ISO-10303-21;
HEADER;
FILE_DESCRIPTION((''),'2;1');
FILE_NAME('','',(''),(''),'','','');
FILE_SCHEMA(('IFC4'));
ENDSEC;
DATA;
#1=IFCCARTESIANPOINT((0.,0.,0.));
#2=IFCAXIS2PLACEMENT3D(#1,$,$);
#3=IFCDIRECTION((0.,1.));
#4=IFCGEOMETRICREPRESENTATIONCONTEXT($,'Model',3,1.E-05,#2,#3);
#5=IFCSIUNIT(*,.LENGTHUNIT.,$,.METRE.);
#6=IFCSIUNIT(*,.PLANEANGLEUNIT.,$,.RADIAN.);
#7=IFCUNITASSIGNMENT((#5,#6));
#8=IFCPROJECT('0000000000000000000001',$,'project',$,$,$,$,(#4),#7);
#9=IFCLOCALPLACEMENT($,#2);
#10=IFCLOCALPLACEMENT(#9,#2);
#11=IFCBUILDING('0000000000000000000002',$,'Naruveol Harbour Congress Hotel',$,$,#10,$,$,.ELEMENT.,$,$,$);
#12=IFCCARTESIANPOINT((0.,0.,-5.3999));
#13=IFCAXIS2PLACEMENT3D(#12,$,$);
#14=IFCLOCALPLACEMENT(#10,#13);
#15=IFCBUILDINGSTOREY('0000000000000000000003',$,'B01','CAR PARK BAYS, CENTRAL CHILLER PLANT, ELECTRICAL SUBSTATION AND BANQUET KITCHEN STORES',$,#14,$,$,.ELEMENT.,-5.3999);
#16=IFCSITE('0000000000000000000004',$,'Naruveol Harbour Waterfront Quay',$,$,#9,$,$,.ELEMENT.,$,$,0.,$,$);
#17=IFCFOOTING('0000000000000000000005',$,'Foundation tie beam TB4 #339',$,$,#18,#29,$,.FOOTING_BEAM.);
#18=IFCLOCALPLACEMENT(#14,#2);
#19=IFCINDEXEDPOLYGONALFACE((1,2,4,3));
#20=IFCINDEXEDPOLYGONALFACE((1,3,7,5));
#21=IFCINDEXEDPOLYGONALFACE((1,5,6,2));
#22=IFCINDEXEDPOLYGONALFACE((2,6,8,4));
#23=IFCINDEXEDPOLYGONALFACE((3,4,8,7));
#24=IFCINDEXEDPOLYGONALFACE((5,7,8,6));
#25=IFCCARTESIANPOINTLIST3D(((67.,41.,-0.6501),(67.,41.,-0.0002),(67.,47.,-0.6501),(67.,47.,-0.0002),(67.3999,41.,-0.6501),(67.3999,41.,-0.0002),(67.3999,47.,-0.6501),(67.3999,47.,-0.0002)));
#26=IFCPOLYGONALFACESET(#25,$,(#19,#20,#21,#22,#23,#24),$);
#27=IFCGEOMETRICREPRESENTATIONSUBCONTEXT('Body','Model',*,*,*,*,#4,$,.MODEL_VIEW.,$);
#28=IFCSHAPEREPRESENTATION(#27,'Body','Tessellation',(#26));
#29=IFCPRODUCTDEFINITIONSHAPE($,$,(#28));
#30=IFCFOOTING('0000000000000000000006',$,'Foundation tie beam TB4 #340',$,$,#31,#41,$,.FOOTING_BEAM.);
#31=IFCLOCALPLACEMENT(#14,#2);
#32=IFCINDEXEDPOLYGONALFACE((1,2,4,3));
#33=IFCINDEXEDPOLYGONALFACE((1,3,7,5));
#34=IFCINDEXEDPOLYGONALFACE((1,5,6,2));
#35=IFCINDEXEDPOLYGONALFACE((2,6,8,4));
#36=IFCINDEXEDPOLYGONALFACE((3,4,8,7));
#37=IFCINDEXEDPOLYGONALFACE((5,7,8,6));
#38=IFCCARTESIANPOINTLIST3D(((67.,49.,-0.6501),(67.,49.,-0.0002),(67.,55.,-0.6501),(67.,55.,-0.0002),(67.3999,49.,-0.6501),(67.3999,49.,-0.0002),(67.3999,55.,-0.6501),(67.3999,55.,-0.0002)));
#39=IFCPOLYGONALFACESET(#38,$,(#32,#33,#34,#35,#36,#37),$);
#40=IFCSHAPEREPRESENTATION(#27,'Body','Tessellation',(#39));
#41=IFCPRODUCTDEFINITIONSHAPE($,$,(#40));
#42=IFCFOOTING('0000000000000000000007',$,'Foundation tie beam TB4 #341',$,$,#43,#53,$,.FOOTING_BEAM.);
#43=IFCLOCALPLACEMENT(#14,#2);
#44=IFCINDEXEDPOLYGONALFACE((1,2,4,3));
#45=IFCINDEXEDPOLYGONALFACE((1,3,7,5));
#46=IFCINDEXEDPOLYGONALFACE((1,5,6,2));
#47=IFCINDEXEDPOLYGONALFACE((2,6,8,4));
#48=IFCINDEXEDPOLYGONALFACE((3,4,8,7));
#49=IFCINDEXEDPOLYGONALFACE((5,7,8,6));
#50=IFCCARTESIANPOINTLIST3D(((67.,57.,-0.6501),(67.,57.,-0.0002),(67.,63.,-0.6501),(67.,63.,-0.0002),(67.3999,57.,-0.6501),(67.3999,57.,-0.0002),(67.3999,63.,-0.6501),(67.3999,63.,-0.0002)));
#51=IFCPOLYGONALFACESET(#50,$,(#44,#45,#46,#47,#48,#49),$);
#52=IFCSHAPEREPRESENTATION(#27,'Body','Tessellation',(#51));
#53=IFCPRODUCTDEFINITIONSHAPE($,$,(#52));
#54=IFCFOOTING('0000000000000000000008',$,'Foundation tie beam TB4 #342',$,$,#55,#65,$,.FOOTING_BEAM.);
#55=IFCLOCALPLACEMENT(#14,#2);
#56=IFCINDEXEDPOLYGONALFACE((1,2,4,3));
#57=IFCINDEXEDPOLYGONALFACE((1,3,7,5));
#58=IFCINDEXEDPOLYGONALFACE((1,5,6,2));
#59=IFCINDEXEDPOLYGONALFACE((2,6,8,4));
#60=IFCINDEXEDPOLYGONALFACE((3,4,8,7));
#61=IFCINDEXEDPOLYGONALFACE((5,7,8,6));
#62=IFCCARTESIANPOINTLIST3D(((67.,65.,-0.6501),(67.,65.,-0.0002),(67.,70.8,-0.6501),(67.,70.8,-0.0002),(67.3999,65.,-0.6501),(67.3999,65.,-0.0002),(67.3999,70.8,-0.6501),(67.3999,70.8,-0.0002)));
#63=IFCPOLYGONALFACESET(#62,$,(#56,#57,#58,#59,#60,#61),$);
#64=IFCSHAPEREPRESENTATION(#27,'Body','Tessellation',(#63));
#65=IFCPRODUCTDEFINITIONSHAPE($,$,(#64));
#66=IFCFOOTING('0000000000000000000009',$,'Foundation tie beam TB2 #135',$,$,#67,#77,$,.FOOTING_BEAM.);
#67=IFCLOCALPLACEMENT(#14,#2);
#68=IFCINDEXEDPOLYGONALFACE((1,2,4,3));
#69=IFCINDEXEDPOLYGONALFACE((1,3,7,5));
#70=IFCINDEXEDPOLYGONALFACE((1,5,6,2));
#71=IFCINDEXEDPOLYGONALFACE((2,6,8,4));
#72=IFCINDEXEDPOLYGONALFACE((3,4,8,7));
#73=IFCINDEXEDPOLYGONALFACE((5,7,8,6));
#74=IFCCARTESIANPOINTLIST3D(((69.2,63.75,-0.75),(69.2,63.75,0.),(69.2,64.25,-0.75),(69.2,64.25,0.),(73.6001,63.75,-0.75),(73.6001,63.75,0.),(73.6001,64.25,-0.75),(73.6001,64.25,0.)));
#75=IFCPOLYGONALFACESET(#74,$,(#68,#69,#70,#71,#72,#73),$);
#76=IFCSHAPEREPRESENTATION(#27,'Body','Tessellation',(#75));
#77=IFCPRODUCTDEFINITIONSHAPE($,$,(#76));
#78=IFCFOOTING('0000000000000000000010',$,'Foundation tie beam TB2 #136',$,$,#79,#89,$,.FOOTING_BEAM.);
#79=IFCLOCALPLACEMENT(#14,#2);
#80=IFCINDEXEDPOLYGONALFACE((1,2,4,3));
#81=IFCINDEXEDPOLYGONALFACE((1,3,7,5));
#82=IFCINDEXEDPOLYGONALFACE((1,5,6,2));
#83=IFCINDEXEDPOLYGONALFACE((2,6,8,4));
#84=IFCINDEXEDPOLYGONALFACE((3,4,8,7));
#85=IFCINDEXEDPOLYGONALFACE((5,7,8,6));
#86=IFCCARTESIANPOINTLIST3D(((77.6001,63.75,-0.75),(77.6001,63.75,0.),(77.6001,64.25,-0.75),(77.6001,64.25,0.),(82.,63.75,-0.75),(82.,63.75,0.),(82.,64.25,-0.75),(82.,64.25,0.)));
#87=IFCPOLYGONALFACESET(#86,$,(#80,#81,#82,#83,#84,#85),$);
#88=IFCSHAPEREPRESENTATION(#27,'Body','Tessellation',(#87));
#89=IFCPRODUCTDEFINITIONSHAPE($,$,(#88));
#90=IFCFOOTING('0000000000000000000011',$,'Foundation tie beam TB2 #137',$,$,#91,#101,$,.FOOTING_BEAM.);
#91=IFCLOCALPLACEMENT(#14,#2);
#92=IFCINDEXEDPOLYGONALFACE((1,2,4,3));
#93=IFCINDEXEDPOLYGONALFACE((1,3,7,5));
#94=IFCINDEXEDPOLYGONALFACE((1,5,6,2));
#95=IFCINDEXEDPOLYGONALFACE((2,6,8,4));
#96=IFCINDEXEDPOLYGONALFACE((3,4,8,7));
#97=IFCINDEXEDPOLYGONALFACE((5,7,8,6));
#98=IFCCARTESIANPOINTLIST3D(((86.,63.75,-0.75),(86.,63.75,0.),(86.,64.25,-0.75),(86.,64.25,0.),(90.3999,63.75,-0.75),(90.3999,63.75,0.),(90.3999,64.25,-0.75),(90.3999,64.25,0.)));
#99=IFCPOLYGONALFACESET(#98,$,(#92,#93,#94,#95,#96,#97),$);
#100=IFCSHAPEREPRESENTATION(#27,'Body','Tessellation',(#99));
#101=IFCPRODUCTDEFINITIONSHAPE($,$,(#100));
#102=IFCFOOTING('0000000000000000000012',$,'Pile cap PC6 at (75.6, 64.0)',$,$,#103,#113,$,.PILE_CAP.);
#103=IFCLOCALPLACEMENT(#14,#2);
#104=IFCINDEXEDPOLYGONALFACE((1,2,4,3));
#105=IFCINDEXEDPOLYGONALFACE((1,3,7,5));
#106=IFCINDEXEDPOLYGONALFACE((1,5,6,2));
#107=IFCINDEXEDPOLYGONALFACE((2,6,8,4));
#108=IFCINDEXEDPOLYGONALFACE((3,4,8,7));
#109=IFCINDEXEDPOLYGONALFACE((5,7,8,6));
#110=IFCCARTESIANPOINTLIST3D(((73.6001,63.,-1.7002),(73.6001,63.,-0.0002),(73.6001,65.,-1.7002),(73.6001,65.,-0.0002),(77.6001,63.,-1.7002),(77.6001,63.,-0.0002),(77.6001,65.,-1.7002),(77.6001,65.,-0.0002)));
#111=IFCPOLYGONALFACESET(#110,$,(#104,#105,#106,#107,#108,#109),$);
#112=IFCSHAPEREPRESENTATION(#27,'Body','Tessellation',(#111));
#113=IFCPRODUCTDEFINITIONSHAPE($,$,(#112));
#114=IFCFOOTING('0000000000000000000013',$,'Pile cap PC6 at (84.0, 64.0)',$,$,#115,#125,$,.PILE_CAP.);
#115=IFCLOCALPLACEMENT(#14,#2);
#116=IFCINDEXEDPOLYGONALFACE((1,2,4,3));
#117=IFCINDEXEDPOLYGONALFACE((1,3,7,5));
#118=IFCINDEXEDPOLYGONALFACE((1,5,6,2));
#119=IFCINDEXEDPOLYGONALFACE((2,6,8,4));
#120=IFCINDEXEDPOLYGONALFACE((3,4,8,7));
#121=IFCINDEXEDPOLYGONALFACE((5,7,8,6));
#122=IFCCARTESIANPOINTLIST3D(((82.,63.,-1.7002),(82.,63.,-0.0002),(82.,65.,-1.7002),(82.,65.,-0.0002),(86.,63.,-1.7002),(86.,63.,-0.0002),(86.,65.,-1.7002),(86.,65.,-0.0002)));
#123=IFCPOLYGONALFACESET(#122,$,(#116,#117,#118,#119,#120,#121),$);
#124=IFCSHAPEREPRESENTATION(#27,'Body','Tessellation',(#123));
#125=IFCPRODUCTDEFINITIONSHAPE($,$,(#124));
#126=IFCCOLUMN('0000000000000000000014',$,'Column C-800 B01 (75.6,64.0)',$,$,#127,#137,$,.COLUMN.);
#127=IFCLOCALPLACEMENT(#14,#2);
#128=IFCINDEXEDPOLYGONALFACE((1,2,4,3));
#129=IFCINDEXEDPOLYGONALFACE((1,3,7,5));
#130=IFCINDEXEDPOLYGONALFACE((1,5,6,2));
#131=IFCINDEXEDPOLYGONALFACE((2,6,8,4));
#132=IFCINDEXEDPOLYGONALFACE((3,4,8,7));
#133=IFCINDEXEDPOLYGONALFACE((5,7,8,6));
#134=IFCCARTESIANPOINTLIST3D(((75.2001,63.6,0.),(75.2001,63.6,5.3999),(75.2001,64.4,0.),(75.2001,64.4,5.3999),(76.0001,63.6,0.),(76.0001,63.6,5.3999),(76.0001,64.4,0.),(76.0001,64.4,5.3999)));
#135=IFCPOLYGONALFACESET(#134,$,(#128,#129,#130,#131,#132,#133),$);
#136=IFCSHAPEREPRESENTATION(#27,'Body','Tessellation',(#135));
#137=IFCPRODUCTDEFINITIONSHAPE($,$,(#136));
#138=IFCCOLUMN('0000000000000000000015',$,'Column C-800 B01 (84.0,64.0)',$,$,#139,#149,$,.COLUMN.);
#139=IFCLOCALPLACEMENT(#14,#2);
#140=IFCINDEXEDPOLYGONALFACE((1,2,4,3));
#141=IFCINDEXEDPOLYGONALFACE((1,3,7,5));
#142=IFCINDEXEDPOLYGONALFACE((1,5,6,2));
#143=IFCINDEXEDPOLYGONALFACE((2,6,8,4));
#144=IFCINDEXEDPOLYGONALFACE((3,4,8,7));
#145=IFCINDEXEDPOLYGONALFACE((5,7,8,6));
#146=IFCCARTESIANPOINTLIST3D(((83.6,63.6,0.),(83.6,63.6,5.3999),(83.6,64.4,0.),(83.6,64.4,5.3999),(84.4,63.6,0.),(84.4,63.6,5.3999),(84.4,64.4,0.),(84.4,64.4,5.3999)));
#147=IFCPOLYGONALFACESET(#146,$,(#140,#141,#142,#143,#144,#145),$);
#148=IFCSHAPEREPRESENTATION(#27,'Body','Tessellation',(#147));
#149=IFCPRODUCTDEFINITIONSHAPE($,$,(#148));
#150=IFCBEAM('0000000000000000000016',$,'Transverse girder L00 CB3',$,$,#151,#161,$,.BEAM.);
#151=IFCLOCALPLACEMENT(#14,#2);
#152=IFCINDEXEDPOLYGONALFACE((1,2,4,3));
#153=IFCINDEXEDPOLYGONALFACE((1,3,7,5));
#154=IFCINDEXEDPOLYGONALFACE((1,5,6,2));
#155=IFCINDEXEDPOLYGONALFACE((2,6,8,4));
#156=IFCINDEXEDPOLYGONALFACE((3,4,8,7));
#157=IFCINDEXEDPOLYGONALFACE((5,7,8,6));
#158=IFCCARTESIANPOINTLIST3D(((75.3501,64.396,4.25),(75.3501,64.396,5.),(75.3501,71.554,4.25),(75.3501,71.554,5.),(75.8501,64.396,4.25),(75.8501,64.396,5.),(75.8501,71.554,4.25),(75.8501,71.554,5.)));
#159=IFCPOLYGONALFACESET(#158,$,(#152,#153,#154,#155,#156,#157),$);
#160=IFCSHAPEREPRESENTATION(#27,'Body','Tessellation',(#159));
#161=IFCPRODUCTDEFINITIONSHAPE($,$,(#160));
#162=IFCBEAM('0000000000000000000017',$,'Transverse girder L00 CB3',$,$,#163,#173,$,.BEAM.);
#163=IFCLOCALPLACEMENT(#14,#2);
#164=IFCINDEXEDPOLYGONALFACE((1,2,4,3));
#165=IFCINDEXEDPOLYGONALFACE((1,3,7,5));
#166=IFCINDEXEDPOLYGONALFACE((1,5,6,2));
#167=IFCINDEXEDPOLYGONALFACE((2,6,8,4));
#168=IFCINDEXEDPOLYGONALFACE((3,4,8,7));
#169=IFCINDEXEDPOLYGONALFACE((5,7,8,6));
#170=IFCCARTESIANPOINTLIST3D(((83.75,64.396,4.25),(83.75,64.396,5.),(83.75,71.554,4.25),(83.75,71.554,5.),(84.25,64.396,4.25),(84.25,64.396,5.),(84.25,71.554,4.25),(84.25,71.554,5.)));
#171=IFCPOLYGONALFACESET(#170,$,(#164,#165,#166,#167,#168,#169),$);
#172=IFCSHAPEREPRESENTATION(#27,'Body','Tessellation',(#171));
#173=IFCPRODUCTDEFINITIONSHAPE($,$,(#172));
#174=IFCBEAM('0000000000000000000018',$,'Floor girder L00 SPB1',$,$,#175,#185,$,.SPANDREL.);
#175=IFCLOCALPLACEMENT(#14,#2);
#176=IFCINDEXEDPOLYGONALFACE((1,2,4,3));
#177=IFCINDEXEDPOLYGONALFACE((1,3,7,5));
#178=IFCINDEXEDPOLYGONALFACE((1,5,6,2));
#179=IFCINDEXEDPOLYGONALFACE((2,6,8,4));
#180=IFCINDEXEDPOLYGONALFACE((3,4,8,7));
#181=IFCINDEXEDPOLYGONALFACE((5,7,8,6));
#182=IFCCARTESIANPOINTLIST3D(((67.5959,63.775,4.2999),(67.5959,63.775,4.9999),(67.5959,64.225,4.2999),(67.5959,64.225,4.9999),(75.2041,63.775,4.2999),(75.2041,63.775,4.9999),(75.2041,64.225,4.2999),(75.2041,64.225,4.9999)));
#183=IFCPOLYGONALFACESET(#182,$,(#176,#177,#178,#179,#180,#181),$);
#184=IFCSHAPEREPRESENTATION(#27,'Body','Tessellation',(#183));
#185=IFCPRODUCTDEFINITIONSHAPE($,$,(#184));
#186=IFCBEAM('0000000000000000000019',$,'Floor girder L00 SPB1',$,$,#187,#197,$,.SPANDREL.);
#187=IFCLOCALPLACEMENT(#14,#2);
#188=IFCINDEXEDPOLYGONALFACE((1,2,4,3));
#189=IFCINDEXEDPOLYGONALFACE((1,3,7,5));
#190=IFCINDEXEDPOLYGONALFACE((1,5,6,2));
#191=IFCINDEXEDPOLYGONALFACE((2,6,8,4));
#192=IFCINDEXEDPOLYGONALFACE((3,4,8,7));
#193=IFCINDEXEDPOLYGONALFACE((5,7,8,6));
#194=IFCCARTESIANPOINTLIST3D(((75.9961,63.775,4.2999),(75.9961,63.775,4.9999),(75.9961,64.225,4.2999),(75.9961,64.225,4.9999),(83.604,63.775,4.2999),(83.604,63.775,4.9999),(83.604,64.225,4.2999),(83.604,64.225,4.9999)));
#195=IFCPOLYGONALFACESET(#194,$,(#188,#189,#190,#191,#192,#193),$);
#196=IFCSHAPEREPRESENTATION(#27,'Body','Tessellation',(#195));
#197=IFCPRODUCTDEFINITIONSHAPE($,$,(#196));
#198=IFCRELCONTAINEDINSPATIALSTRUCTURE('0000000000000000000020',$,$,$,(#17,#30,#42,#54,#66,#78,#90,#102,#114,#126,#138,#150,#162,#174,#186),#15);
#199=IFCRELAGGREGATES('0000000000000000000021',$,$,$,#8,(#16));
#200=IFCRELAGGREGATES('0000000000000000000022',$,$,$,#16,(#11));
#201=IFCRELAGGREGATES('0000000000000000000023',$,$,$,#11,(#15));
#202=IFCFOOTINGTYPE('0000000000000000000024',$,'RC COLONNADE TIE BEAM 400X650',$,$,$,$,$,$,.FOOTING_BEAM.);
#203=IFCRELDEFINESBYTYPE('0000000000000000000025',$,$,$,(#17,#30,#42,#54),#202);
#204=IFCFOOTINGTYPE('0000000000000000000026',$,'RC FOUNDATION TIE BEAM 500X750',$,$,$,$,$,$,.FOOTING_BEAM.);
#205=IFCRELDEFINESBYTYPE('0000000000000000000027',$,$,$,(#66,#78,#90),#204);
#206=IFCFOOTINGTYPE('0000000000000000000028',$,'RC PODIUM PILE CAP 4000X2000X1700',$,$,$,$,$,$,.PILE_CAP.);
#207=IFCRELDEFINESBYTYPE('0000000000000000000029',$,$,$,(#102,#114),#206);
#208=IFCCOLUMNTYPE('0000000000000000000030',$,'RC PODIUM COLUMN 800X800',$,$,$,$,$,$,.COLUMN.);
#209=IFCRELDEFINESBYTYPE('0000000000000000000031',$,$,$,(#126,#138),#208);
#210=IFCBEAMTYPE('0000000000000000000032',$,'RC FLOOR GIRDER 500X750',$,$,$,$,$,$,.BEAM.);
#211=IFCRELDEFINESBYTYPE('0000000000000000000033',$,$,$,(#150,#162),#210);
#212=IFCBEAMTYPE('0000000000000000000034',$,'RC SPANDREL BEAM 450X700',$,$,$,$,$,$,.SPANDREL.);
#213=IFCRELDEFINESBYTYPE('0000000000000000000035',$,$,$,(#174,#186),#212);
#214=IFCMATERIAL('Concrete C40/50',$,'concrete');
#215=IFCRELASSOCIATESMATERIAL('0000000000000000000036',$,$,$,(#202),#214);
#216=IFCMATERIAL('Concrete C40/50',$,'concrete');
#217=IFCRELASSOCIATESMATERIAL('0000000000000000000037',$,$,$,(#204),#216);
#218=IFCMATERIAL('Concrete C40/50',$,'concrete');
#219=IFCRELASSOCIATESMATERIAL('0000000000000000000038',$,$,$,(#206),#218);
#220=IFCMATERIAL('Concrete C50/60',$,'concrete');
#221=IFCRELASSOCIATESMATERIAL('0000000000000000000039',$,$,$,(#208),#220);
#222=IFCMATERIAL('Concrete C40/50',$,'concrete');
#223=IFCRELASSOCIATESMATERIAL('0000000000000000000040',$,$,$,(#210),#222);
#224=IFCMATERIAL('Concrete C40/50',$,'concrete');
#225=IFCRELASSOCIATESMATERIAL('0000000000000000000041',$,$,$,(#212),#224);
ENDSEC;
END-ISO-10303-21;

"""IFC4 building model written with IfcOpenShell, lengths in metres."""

from ifc_helpers import new_model, si_unit, direction, frame, origin, origin_2d, place, context, subcontext, project, spatial, rectangle, extrude, material, material_profile, profile_set, type_object, element, save


model = new_model("IFC4")

# Units and contexts
model_context = context("Model", 3, precision=1e-05, world=origin(), true_north=direction((0.0, 1.0)))
body_context = subcontext(model_context, "Body", "Model", "MODEL_VIEW")
ifc_project = project(units=[si_unit("LENGTHUNIT", "METRE"), si_unit("PLANEANGLEUNIT", "RADIAN")], contexts=[model_context])

# Site, building, storey
site_placement = place(None, origin())
site = spatial("IfcSite", under=ifc_project, at=site_placement, Name="Naruveol Harbour Waterfront Quay", CompositionType="ELEMENT", RefElevation=0.0)
building_placement = place(site_placement, origin())
building = spatial("IfcBuilding", under=site, at=building_placement, Name="Naruveol Harbour Congress Hotel", CompositionType="ELEMENT")
storey_placement = place(building_placement, frame((0.0, 0.0, -5.3999)))
storey = spatial("IfcBuildingStorey", under=building, at=storey_placement, Name="B01", Description="CAR PARK BAYS, CENTRAL CHILLER PLANT, ELECTRICAL SUBSTATION AND BANQUET KITCHEN STORES", CompositionType="ELEMENT", Elevation=-5.3999)

# Footings
ifc_material_1 = material(Name="Concrete C40/50", Category="concrete")
ifc_material_profile_1 = material_profile(ifc_material_1, rectangle(XDim=0.3999, YDim=0.6499, at=origin_2d()), Name="RCB-400x650")
ifc_profile_set_1 = profile_set([ifc_material_profile_1], Name="Concrete C40/50")
footing_type_1 = type_object("IfcFootingType", Name="RC COLONNADE TIE BEAM 400X650", PredefinedType="FOOTING_BEAM", material=ifc_profile_set_1)
for number, where, z_axis, x_axis, name in (
    (1, (67.2, 41.0, -0.3252), (0.0, 1.0, 0.0), (-1.0, 0.0, 0.0), "Foundation tie beam TB4 #339"),
    (2, (67.2, 49.0, -0.3252), (0.0, 1.0, 0.0), (-1.0, 0.0, 0.0), "Foundation tie beam TB4 #340"),
    (3, (67.2, 57.0, -0.3252), (0.0, 1.0, 0.0), (-1.0, 0.0, 0.0), "Foundation tie beam TB4 #341"),
):
    element("IfcFooting", number, at=place(storey_placement, frame(where, z_axis=z_axis, x_axis=x_axis)), inside=storey, type_object=footing_type_1, Name=name, PredefinedType="FOOTING_BEAM", context=body_context, shape_type="SweptSolid", body=[
        extrude(rectangle(XDim=0.3999, YDim=0.6499, at=origin_2d()), origin(), (0.0, 0.0, 1.0), 6.0),
    ])
footing_1_placement = place(storey_placement, frame((67.2, 65.0, -0.3252), z_axis=(0.0, 1.0, 0.0), x_axis=(-1.0, 0.0, 0.0)))
element("IfcFooting", 4, at=footing_1_placement, inside=storey, type_object=footing_type_1, Name="Foundation tie beam TB4 #342", PredefinedType="FOOTING_BEAM", context=body_context, shape_type="SweptSolid", body=[
    extrude(rectangle(XDim=0.3999, YDim=0.6499, at=origin_2d()), origin(), (0.0, 0.0, 1.0), 5.8),
])
ifc_material_2 = material(Name="Concrete C40/50", Category="concrete")
ifc_material_profile_2 = material_profile(ifc_material_2, rectangle(XDim=0.5, YDim=0.75, at=origin_2d()), Name="RCB-500x750")
ifc_profile_set_2 = profile_set([ifc_material_profile_2], Name="Concrete C40/50")
footing_type_2 = type_object("IfcFootingType", Name="RC FOUNDATION TIE BEAM 500X750", PredefinedType="FOOTING_BEAM", material=ifc_profile_set_2)
footing_2_placement = place(storey_placement, frame((69.2, 64.0, -0.375), z_axis=(1.0, 0.0, 0.0), x_axis=(0.0, 1.0, 0.0)))
element("IfcFooting", 5, at=footing_2_placement, inside=storey, type_object=footing_type_2, Name="Foundation tie beam TB2 #135", PredefinedType="FOOTING_BEAM", context=body_context, shape_type="SweptSolid", body=[
    extrude(rectangle(XDim=0.5, YDim=0.75, at=origin_2d()), origin(), (0.0, 0.0, 1.0), 4.4001),
])
for number, where, z_axis, x_axis, name in (
    (6, (77.6001, 64.0, -0.375), (1.0, 0.0, 0.0), (0.0, 1.0, 0.0), "Foundation tie beam TB2 #136"),
    (7, (86.0, 64.0, -0.375), (1.0, 0.0, 0.0), (0.0, 1.0, 0.0), "Foundation tie beam TB2 #137"),
):
    element("IfcFooting", number, at=place(storey_placement, frame(where, z_axis=z_axis, x_axis=x_axis)), inside=storey, type_object=footing_type_2, Name=name, PredefinedType="FOOTING_BEAM", context=body_context, shape_type="SweptSolid", body=[
        extrude(rectangle(XDim=0.5, YDim=0.75, at=origin_2d()), origin(), (0.0, 0.0, 1.0), 4.3999),
    ])
ifc_material_3 = material(Name="Concrete C40/50", Category="concrete")
footing_type_3 = type_object("IfcFootingType", Name="RC PODIUM PILE CAP 4000X2000X1700", PredefinedType="PILE_CAP", material=ifc_material_3)
for number, where, z_axis, x_axis, name in (
    (8, (75.6001, 64.0, -1.7002), (0.0, 0.0, 1.0), (1.0, 0.0, 0.0), "Pile cap PC6 at (75.6, 64.0)"),
    (9, (84.0, 64.0, -1.7002), (0.0, 0.0, 1.0), (1.0, 0.0, 0.0), "Pile cap PC6 at (84.0, 64.0)"),
):
    element("IfcFooting", number, at=place(storey_placement, frame(where, z_axis=z_axis, x_axis=x_axis)), inside=storey, type_object=footing_type_3, Name=name, PredefinedType="PILE_CAP", context=body_context, shape_type="SweptSolid", body=[
        extrude(rectangle(XDim=4.0, YDim=2.0, at=origin_2d()), origin(), (0.0, 0.0, 1.0), 1.7),
    ])

# Columns
ifc_material_4 = material(Name="Concrete C50/60", Category="concrete")
ifc_material_profile_3 = material_profile(ifc_material_4, rectangle(XDim=0.8, YDim=0.8, at=origin_2d()), Name="RC-800x800")
ifc_profile_set_3 = profile_set([ifc_material_profile_3], Name="Concrete C50/60")
column_type = type_object("IfcColumnType", Name="RC PODIUM COLUMN 800X800", PredefinedType="COLUMN", material=ifc_profile_set_3)
for number, where, z_axis, x_axis, name in (
    (10, (75.6001, 64.0, 0.0), (0.0, 0.0, 1.0), (1.0, 0.0, 0.0), "Column C-800 B01 (75.6,64.0)"),
    (11, (84.0, 64.0, 0.0), (0.0, 0.0, 1.0), (1.0, 0.0, 0.0), "Column C-800 B01 (84.0,64.0)"),
):
    element("IfcColumn", number, at=place(storey_placement, frame(where, z_axis=z_axis, x_axis=x_axis)), inside=storey, type_object=column_type, Name=name, PredefinedType="COLUMN", context=body_context, shape_type="SweptSolid", body=[
        extrude(rectangle(XDim=0.8, YDim=0.8, at=origin_2d()), origin(), (0.0, 0.0, 1.0), 5.3999),
    ])

# Beams
ifc_material_5 = material(Name="Concrete C40/50", Category="concrete")
ifc_material_profile_4 = material_profile(ifc_material_5, rectangle(XDim=0.5, YDim=0.75, at=origin_2d()), Name="RCB-500x750")
ifc_profile_set_4 = profile_set([ifc_material_profile_4], Name="Concrete C40/50")
beam_type_1 = type_object("IfcBeamType", Name="RC FLOOR GIRDER 500X750", PredefinedType="BEAM", material=ifc_profile_set_4)
for number, where, z_axis, x_axis, name in (
    (12, (75.6001, 64.396, 4.625), (0.0, 1.0, 0.0), (-1.0, 0.0, 0.0), "Transverse girder L00 CB3"),
    (13, (84.0, 64.396, 4.625), (0.0, 1.0, 0.0), (-1.0, 0.0, 0.0), "Transverse girder L00 CB3"),
):
    element("IfcBeam", number, at=place(storey_placement, frame(where, z_axis=z_axis, x_axis=x_axis)), inside=storey, type_object=beam_type_1, Name=name, PredefinedType="BEAM", context=body_context, shape_type="SweptSolid", body=[
        extrude(rectangle(XDim=0.5, YDim=0.75, at=origin_2d()), origin(), (0.0, 0.0, 1.0), 7.158),
    ])
ifc_material_6 = material(Name="Concrete C40/50", Category="concrete")
ifc_material_profile_5 = material_profile(ifc_material_6, rectangle(XDim=0.45, YDim=0.7, at=origin_2d()), Name="RCB-450x700")
ifc_profile_set_5 = profile_set([ifc_material_profile_5], Name="Concrete C40/50")
beam_type_2 = type_object("IfcBeamType", Name="RC SPANDREL BEAM 450X700", PredefinedType="SPANDREL", material=ifc_profile_set_5)
beam_1_placement = place(storey_placement, frame((67.5959, 64.0, 4.6499), z_axis=(1.0, 0.0, 0.0), x_axis=(0.0, 1.0, 0.0)))
element("IfcBeam", 14, at=beam_1_placement, inside=storey, type_object=beam_type_2, Name="Floor girder L00 SPB1", PredefinedType="SPANDREL", context=body_context, shape_type="SweptSolid", body=[
    extrude(rectangle(XDim=0.45, YDim=0.7, at=origin_2d()), origin(), (0.0, 0.0, 1.0), 7.6082),
])
for number, where, z_axis, x_axis, name in (
    (15, (75.9961, 64.0, 4.6499), (1.0, 0.0, 0.0), (0.0, 1.0, 0.0), "Floor girder L00 SPB1"),
):
    element("IfcBeam", number, at=place(storey_placement, frame(where, z_axis=z_axis, x_axis=x_axis)), inside=storey, type_object=beam_type_2, Name=name, PredefinedType="SPANDREL", context=body_context, shape_type="SweptSolid", body=[
        extrude(rectangle(XDim=0.45, YDim=0.7, at=origin_2d()), origin(), (0.0, 0.0, 1.0), 7.6079),
    ])

save(model, "model.ifc")
